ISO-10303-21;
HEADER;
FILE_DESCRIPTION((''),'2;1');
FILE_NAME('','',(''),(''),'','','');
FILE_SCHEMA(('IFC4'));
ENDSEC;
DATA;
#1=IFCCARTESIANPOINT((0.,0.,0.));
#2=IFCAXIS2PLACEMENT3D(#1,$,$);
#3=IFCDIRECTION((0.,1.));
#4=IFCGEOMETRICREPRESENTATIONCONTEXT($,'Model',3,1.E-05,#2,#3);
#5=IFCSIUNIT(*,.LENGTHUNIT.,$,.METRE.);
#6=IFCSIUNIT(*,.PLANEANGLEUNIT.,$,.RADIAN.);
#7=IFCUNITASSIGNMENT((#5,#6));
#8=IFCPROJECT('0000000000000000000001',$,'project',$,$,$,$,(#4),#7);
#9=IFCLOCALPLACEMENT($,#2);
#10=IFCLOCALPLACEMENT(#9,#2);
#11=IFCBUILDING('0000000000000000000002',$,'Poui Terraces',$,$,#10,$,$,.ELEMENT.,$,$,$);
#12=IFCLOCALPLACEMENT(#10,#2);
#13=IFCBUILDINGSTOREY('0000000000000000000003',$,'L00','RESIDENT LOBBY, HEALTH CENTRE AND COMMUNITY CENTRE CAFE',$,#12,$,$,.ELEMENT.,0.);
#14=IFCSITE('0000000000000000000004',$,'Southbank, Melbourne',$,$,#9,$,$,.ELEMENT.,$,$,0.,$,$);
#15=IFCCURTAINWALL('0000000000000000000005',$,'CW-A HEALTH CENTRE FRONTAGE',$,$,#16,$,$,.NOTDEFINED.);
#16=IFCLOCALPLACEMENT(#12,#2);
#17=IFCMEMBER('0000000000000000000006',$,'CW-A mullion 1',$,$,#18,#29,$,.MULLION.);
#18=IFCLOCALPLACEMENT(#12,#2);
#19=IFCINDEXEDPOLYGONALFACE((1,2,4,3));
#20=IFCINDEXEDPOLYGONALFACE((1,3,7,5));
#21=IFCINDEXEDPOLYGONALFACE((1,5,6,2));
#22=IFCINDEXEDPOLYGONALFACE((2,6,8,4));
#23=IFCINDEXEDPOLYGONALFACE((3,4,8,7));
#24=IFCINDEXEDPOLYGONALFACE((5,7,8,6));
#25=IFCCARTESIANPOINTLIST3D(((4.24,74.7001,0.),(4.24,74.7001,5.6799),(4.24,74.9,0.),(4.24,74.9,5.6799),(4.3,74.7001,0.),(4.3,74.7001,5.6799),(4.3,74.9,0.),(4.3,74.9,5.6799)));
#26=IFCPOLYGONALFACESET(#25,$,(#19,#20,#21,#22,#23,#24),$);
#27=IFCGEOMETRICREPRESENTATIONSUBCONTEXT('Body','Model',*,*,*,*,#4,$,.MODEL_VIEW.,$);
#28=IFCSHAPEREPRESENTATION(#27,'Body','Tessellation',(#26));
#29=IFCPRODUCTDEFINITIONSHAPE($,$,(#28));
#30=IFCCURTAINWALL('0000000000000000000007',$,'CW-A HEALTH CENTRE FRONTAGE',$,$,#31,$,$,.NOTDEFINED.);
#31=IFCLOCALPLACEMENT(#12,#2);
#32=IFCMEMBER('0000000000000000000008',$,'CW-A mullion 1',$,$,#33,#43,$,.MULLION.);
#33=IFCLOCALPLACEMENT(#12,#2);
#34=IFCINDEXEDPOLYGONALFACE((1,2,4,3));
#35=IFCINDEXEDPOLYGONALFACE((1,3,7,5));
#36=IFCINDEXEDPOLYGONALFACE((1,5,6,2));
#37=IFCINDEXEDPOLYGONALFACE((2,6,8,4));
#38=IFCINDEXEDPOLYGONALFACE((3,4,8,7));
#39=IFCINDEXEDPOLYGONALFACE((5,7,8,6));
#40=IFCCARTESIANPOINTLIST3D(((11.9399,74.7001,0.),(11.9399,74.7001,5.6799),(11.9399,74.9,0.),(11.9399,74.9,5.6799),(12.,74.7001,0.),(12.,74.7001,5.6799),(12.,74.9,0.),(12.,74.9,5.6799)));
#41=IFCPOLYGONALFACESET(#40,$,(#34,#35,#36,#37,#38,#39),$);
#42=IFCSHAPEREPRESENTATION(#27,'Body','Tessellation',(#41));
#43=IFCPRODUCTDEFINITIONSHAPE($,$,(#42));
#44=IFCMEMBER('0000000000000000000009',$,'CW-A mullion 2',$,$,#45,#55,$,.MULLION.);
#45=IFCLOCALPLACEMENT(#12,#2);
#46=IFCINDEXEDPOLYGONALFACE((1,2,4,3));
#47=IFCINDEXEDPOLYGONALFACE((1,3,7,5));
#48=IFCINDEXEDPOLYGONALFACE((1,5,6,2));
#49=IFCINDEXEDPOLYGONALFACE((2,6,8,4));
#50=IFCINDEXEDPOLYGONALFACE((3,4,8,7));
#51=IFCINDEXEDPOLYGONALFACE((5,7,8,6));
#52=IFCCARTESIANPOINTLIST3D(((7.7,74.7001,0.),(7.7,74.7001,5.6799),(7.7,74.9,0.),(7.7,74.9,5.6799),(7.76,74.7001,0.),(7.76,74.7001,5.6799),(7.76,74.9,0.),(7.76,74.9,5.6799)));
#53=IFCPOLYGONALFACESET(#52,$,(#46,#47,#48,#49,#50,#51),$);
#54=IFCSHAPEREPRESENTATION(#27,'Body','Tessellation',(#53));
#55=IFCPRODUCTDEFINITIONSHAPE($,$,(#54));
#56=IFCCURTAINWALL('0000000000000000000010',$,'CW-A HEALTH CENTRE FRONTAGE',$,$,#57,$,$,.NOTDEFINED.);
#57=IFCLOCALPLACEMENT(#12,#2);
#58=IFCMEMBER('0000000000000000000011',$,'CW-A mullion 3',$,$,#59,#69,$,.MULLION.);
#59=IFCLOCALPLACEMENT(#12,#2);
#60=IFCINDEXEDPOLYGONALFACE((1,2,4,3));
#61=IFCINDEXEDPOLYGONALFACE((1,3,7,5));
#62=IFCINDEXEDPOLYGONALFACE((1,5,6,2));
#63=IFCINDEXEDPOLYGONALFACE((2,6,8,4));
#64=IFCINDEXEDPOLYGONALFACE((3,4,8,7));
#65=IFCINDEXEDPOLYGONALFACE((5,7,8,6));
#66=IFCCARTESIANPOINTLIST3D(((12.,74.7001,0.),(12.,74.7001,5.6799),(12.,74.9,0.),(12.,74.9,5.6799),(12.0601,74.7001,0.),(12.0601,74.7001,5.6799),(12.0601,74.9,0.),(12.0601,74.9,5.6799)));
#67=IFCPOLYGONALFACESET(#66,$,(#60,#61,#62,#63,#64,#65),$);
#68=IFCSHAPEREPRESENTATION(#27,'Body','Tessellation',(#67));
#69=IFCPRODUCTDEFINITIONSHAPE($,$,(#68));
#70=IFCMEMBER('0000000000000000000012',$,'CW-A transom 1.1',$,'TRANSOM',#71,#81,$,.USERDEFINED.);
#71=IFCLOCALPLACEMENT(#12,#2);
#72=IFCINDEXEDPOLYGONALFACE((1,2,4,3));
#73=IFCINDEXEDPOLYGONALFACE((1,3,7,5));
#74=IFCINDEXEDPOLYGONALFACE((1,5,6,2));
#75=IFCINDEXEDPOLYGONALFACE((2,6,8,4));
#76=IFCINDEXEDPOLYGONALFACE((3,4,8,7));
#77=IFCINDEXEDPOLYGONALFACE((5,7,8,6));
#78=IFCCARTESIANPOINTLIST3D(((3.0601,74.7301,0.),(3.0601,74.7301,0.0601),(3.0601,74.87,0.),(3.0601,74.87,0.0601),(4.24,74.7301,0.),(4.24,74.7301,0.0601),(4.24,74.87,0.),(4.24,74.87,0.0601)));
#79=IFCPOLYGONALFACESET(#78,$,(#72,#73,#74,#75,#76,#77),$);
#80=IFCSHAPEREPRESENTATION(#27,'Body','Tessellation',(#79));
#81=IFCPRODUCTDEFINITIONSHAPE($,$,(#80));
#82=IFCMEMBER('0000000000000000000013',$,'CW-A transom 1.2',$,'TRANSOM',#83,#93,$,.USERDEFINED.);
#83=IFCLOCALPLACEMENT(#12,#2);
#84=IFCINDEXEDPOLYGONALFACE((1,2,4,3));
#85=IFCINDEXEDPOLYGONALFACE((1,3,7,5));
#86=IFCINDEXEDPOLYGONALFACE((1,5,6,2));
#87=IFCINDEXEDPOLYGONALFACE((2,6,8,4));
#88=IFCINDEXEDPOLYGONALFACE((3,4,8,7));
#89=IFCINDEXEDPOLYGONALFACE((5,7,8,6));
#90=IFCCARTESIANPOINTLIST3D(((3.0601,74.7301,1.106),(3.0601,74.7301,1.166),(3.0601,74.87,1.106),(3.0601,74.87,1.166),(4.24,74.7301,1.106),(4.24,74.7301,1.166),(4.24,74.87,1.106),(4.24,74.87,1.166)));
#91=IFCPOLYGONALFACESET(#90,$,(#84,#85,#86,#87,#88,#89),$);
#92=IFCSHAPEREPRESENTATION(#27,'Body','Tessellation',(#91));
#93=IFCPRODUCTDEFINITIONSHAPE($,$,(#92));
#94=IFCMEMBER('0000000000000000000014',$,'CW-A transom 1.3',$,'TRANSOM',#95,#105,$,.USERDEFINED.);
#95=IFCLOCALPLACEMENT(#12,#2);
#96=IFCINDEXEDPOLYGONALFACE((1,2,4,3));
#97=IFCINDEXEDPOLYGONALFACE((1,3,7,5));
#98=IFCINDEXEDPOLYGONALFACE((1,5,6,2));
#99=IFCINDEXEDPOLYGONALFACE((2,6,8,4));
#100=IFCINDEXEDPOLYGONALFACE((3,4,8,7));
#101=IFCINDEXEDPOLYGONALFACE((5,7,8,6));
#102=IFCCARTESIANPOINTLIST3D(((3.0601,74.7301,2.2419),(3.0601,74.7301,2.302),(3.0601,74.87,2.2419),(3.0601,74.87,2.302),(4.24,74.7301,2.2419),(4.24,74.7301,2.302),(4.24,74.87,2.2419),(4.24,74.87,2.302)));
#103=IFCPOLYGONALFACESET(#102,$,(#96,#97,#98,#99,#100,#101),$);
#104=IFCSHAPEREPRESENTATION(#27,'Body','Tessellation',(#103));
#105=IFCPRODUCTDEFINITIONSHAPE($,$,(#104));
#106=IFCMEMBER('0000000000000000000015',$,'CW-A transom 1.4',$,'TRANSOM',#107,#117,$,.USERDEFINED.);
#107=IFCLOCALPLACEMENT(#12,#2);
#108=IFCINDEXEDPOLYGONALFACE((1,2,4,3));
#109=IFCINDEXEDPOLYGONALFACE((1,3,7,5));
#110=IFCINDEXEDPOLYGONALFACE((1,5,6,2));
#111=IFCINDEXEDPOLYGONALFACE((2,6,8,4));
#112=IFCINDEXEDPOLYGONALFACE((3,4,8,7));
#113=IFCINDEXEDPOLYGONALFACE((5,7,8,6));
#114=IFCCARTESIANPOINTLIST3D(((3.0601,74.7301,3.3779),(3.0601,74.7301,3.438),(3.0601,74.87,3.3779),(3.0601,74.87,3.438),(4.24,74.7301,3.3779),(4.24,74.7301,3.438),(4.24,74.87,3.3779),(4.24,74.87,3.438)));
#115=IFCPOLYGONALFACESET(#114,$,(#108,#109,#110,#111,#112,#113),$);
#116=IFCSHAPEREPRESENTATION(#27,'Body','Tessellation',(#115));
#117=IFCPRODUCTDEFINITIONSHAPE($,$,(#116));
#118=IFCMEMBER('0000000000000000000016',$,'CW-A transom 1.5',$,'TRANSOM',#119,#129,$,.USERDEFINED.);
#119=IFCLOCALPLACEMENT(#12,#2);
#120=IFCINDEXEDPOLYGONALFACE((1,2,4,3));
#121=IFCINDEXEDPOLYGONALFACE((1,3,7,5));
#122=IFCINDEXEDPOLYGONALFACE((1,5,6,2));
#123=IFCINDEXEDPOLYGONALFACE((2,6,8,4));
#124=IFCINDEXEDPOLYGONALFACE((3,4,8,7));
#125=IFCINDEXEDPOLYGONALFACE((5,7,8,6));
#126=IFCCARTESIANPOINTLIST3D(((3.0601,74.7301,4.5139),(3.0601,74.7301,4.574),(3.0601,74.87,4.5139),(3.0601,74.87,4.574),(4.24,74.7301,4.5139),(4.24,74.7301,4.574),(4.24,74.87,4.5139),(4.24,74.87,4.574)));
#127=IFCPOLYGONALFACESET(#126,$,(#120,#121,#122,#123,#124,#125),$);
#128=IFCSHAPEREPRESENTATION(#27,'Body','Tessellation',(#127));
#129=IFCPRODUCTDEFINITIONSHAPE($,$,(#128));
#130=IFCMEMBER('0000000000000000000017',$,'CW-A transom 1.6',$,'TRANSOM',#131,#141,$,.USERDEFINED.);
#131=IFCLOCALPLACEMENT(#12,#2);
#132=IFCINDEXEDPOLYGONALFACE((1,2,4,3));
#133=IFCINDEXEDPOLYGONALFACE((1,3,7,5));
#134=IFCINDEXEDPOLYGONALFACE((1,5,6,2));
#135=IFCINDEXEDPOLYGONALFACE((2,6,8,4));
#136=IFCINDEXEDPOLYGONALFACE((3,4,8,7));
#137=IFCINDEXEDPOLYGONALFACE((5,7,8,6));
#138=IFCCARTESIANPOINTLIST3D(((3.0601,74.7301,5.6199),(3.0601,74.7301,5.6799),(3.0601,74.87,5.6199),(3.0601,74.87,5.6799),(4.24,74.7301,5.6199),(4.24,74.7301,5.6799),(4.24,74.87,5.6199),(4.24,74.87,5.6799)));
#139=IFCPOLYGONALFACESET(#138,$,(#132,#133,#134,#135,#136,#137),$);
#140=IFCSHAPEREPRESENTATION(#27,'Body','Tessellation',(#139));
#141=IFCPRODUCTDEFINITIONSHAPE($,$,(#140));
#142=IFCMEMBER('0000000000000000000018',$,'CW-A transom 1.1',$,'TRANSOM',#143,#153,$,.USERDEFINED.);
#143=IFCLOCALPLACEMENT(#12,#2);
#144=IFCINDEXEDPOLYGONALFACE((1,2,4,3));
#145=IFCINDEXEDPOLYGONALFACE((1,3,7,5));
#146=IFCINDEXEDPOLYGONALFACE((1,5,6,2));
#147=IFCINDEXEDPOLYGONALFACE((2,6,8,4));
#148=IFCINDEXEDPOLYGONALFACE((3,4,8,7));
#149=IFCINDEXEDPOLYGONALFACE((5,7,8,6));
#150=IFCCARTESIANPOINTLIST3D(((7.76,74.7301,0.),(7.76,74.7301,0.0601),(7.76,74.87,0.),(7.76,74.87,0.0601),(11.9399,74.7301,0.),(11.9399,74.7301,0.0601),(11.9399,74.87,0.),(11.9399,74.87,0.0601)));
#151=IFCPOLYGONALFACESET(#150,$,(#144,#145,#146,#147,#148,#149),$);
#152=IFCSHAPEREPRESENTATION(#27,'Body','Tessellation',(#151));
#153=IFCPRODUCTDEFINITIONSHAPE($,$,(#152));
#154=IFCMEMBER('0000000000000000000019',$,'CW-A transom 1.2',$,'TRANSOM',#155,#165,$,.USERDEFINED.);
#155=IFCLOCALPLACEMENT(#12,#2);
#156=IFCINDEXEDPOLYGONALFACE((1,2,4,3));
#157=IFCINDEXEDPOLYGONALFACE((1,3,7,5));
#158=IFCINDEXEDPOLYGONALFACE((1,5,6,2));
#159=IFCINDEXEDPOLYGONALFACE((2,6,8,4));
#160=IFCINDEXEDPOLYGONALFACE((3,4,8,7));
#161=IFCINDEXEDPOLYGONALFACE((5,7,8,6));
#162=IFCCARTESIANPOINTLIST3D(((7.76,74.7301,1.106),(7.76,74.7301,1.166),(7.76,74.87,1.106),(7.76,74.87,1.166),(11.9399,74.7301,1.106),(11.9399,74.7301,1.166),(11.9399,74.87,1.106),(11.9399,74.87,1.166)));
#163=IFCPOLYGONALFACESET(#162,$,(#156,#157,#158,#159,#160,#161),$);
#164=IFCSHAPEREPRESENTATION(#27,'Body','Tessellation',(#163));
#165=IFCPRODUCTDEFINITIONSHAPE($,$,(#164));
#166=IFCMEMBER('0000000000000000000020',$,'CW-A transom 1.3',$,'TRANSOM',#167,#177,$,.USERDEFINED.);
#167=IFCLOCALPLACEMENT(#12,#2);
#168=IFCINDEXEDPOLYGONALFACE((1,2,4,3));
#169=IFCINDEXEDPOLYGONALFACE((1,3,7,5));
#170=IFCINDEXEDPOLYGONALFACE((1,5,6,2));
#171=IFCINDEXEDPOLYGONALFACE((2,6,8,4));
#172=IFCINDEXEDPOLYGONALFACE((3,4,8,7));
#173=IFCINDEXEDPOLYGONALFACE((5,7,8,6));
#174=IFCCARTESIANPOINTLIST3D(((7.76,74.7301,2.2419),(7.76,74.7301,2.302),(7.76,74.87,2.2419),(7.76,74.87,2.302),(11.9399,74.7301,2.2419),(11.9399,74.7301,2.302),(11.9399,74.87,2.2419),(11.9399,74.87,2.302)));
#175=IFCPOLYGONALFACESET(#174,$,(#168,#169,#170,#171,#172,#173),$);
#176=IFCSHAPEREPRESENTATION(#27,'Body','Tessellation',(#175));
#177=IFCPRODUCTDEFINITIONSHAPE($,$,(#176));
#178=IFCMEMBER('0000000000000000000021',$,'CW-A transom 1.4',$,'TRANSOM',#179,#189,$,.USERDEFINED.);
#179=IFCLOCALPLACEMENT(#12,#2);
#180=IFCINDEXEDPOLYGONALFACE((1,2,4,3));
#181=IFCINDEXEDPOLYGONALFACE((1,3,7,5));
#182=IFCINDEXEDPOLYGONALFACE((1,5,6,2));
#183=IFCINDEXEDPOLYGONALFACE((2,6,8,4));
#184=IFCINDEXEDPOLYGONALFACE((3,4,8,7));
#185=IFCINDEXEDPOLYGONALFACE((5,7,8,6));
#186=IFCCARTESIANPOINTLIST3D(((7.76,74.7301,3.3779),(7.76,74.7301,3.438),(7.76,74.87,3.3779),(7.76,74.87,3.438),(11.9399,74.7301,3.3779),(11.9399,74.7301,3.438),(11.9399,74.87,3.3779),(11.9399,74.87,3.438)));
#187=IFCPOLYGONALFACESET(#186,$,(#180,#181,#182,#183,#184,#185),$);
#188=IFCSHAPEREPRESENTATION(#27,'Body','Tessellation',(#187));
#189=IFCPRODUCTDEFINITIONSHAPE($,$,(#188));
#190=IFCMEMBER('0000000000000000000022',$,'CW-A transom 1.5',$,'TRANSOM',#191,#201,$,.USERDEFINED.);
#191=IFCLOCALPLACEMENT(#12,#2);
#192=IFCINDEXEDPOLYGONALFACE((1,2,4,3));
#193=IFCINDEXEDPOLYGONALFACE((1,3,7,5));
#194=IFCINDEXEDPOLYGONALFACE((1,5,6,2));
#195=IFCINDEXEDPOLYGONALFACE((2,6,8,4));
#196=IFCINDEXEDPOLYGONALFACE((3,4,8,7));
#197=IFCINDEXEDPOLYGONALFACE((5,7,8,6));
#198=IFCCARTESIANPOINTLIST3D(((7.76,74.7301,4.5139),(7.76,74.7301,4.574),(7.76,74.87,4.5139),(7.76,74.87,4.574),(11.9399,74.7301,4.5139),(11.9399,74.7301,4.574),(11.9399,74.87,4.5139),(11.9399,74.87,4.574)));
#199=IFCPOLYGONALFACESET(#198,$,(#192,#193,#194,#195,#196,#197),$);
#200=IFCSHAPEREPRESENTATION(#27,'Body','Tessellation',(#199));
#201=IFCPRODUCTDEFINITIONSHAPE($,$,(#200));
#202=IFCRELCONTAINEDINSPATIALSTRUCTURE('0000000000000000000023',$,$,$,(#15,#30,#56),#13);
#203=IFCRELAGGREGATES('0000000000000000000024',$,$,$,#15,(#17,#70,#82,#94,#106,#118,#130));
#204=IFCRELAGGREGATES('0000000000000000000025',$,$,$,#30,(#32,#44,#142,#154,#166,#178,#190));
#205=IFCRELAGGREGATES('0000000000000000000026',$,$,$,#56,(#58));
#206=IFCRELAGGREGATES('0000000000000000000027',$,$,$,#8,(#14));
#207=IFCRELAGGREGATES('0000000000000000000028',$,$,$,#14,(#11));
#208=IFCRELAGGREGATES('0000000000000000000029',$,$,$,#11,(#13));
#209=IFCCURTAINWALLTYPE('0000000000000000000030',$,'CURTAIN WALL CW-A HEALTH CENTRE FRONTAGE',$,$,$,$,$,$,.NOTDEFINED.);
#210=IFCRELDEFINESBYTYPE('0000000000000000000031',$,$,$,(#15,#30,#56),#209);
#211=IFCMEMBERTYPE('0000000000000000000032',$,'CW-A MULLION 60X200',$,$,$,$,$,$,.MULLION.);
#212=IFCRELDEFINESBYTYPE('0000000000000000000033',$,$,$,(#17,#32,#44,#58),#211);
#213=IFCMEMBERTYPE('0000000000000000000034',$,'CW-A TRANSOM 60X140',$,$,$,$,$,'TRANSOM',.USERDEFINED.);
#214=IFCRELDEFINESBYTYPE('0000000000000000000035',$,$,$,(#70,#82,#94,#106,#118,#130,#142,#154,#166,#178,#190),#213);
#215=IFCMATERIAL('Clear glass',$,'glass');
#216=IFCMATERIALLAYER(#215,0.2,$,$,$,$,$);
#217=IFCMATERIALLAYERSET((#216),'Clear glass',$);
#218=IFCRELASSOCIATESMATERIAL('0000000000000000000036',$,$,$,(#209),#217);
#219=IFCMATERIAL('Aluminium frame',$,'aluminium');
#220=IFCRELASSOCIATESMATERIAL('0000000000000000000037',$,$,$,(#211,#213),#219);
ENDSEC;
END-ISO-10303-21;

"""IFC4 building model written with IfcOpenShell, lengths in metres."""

from ifc_helpers import new_model, si_unit, direction, frame, origin, origin_2d, place, context, subcontext, project, spatial, rectangle, extrude, material, layer, layer_set, material_profile, profile_set, type_object, element, aggregate, save


model = new_model("IFC4")

# Units and contexts
model_context = context("Model", 3, precision=1e-05, world=origin(), true_north=direction((0.0, 1.0)))
body_context = subcontext(model_context, "Body", "Model", "MODEL_VIEW")
ifc_project = project(units=[si_unit("LENGTHUNIT", "METRE"), si_unit("PLANEANGLEUNIT", "RADIAN")], contexts=[model_context])

# Site, building, storey
site_placement = place(None, origin())
site = spatial("IfcSite", under=ifc_project, at=site_placement, Name="Southbank, Melbourne", CompositionType="ELEMENT", RefElevation=0.0)
building_placement = place(site_placement, origin())
building = spatial("IfcBuilding", under=site, at=building_placement, Name="Poui Terraces", CompositionType="ELEMENT")
storey_placement = place(building_placement, origin())
storey = spatial("IfcBuildingStorey", under=building, at=storey_placement, Name="L00", Description="RESIDENT LOBBY, HEALTH CENTRE AND COMMUNITY CENTRE CAFE", CompositionType="ELEMENT", Elevation=0.0)

# Curtain wall, member
ifc_material_1 = material(Name="Clear glass", Category="glass")
ifc_layer_1 = layer(ifc_material_1, 0.2)
ifc_layer_set_1 = layer_set([ifc_layer_1], Name="Clear glass")
curtain_wall_type = type_object("IfcCurtainWallType", Name="CURTAIN WALL CW-A HEALTH CENTRE FRONTAGE", PredefinedType="NOTDEFINED", material=ifc_layer_set_1)
curtain_wall_1_placement = place(storey_placement, origin())
curtain_wall_1 = element("IfcCurtainWall", 1, at=curtain_wall_1_placement, inside=storey, type_object=curtain_wall_type, Name="CW-A HEALTH CENTRE FRONTAGE", PredefinedType="NOTDEFINED")
ifc_material_2 = material(Name="Aluminium frame", Category="aluminium")
ifc_material_profile_1 = material_profile(ifc_material_2, rectangle(XDim=0.2, YDim=0.0601, at=origin_2d()), Name="CW-A MULLION 60X200")
ifc_profile_set_1 = profile_set([ifc_material_profile_1], Name="Aluminium frame")
member_type_1 = type_object("IfcMemberType", Name="CW-A MULLION 60X200", PredefinedType="MULLION", material=ifc_profile_set_1)
member_1_placement = place(storey_placement, frame((4.27, 74.8, 0.0), z_axis=(0.0, 0.0, 1.0), x_axis=(0.0, -1.0, 0.0)))
member_1 = element("IfcMember", 2, at=member_1_placement, type_object=member_type_1, Name="CW-A mullion 1", PredefinedType="MULLION", context=body_context, shape_type="SweptSolid", body=[
    extrude(rectangle(XDim=0.2, YDim=0.0601, at=origin_2d()), origin(), (0.0, 0.0, 1.0), 5.6799),
])

# Curtain wall, members
curtain_wall_2_placement = place(storey_placement, origin())
curtain_wall_2 = element("IfcCurtainWall", 3, at=curtain_wall_2_placement, inside=storey, type_object=curtain_wall_type, Name="CW-A HEALTH CENTRE FRONTAGE", PredefinedType="NOTDEFINED")
member_2_placement = place(storey_placement, frame((11.97, 74.8, 0.0), z_axis=(0.0, 0.0, 1.0), x_axis=(0.0, -1.0, 0.0)))
member_2 = element("IfcMember", 4, at=member_2_placement, type_object=member_type_1, Name="CW-A mullion 1", PredefinedType="MULLION", context=body_context, shape_type="SweptSolid", body=[
    extrude(rectangle(XDim=0.2, YDim=0.0601, at=origin_2d()), origin(), (0.0, 0.0, 1.0), 5.6799),
])
member_3_placement = place(storey_placement, frame((7.73, 74.8, 0.0), z_axis=(0.0, 0.0, 1.0), x_axis=(0.0, -1.0, 0.0)))
member_3 = element("IfcMember", 5, at=member_3_placement, type_object=member_type_1, Name="CW-A mullion 2", PredefinedType="MULLION", context=body_context, shape_type="SweptSolid", body=[
    extrude(rectangle(XDim=0.2, YDim=0.0601, at=origin_2d()), origin(), (0.0, 0.0, 1.0), 5.6799),
])

# Curtain wall, member
curtain_wall_3_placement = place(storey_placement, origin())
curtain_wall_3 = element("IfcCurtainWall", 6, at=curtain_wall_3_placement, inside=storey, type_object=curtain_wall_type, Name="CW-A HEALTH CENTRE FRONTAGE", PredefinedType="NOTDEFINED")
member_4_placement = place(storey_placement, frame((12.03, 74.8, 0.0), z_axis=(0.0, 0.0, 1.0), x_axis=(0.0, -1.0, 0.0)))
member_4 = element("IfcMember", 7, at=member_4_placement, type_object=member_type_1, Name="CW-A mullion 3", PredefinedType="MULLION", context=body_context, shape_type="SweptSolid", body=[
    extrude(rectangle(XDim=0.2, YDim=0.0601, at=origin_2d()), origin(), (0.0, 0.0, 1.0), 5.6799),
])

# Members
ifc_material_profile_2 = material_profile(ifc_material_2, rectangle(XDim=0.1399, YDim=0.0601, at=origin_2d()), Name="CW-A TRANSOM 60X140")
ifc_profile_set_2 = profile_set([ifc_material_profile_2], Name="Aluminium frame")
member_type_2 = type_object("IfcMemberType", Name="CW-A TRANSOM 60X140", ElementType="TRANSOM", PredefinedType="USERDEFINED", material=ifc_profile_set_2)
member_5_placement = place(storey_placement, frame((4.24, 74.8, 0.03), z_axis=(-1.0, 0.0, 0.0), x_axis=(0.0, -1.0, 0.0)))
member_5 = element("IfcMember", 8, at=member_5_placement, type_object=member_type_2, Name="CW-A transom 1.1", ObjectType="TRANSOM", PredefinedType="USERDEFINED", context=body_context, shape_type="SweptSolid", body=[
    extrude(rectangle(XDim=0.1399, YDim=0.0601, at=origin_2d()), origin(), (0.0, 0.0, 1.0), 1.1799),
])
member_6_placement = place(storey_placement, frame((4.24, 74.8, 1.136), z_axis=(-1.0, 0.0, 0.0), x_axis=(0.0, -1.0, 0.0)))
member_6 = element("IfcMember", 9, at=member_6_placement, type_object=member_type_2, Name="CW-A transom 1.2", ObjectType="TRANSOM", PredefinedType="USERDEFINED", context=body_context, shape_type="SweptSolid", body=[
    extrude(rectangle(XDim=0.1399, YDim=0.0601, at=origin_2d()), origin(), (0.0, 0.0, 1.0), 1.1799),
])
member_7_placement = place(storey_placement, frame((4.24, 74.8, 2.272), z_axis=(-1.0, 0.0, 0.0), x_axis=(0.0, -1.0, 0.0)))
member_7 = element("IfcMember", 10, at=member_7_placement, type_object=member_type_2, Name="CW-A transom 1.3", ObjectType="TRANSOM", PredefinedType="USERDEFINED", context=body_context, shape_type="SweptSolid", body=[
    extrude(rectangle(XDim=0.1399, YDim=0.0601, at=origin_2d()), origin(), (0.0, 0.0, 1.0), 1.1799),
])
member_8_placement = place(storey_placement, frame((4.24, 74.8, 3.408), z_axis=(-1.0, 0.0, 0.0), x_axis=(0.0, -1.0, 0.0)))
member_8 = element("IfcMember", 11, at=member_8_placement, type_object=member_type_2, Name="CW-A transom 1.4", ObjectType="TRANSOM", PredefinedType="USERDEFINED", context=body_context, shape_type="SweptSolid", body=[
    extrude(rectangle(XDim=0.1399, YDim=0.0601, at=origin_2d()), origin(), (0.0, 0.0, 1.0), 1.1799),
])
member_9_placement = place(storey_placement, frame((4.24, 74.8, 4.5439), z_axis=(-1.0, 0.0, 0.0), x_axis=(0.0, -1.0, 0.0)))
member_9 = element("IfcMember", 12, at=member_9_placement, type_object=member_type_2, Name="CW-A transom 1.5", ObjectType="TRANSOM", PredefinedType="USERDEFINED", context=body_context, shape_type="SweptSolid", body=[
    extrude(rectangle(XDim=0.1399, YDim=0.0601, at=origin_2d()), origin(), (0.0, 0.0, 1.0), 1.1799),
])
member_10_placement = place(storey_placement, frame((4.24, 74.8, 5.6499), z_axis=(-1.0, 0.0, 0.0), x_axis=(0.0, -1.0, 0.0)))
member_10 = element("IfcMember", 13, at=member_10_placement, type_object=member_type_2, Name="CW-A transom 1.6", ObjectType="TRANSOM", PredefinedType="USERDEFINED", context=body_context, shape_type="SweptSolid", body=[
    extrude(rectangle(XDim=0.1399, YDim=0.0601, at=origin_2d()), origin(), (0.0, 0.0, 1.0), 1.1799),
])
member_11_placement = place(storey_placement, frame((11.9399, 74.8, 0.03), z_axis=(-1.0, 0.0, 0.0), x_axis=(0.0, -1.0, 0.0)))
member_11 = element("IfcMember", 14, at=member_11_placement, type_object=member_type_2, Name="CW-A transom 1.1", ObjectType="TRANSOM", PredefinedType="USERDEFINED", context=body_context, shape_type="SweptSolid", body=[
    extrude(rectangle(XDim=0.1399, YDim=0.0601, at=origin_2d()), origin(), (0.0, 0.0, 1.0), 4.1799),
])
member_12_placement = place(storey_placement, frame((11.9399, 74.8, 1.136), z_axis=(-1.0, 0.0, 0.0), x_axis=(0.0, -1.0, 0.0)))
member_12 = element("IfcMember", 15, at=member_12_placement, type_object=member_type_2, Name="CW-A transom 1.2", ObjectType="TRANSOM", PredefinedType="USERDEFINED", context=body_context, shape_type="SweptSolid", body=[
    extrude(rectangle(XDim=0.1399, YDim=0.0601, at=origin_2d()), origin(), (0.0, 0.0, 1.0), 4.1799),
])
member_13_placement = place(storey_placement, frame((11.9399, 74.8, 2.272), z_axis=(-1.0, 0.0, 0.0), x_axis=(0.0, -1.0, 0.0)))
member_13 = element("IfcMember", 16, at=member_13_placement, type_object=member_type_2, Name="CW-A transom 1.3", ObjectType="TRANSOM", PredefinedType="USERDEFINED", context=body_context, shape_type="SweptSolid", body=[
    extrude(rectangle(XDim=0.1399, YDim=0.0601, at=origin_2d()), origin(), (0.0, 0.0, 1.0), 4.1799),
])
member_14_placement = place(storey_placement, frame((11.9399, 74.8, 3.408), z_axis=(-1.0, 0.0, 0.0), x_axis=(0.0, -1.0, 0.0)))
member_14 = element("IfcMember", 17, at=member_14_placement, type_object=member_type_2, Name="CW-A transom 1.4", ObjectType="TRANSOM", PredefinedType="USERDEFINED", context=body_context, shape_type="SweptSolid", body=[
    extrude(rectangle(XDim=0.1399, YDim=0.0601, at=origin_2d()), origin(), (0.0, 0.0, 1.0), 4.1799),
])
member_15_placement = place(storey_placement, frame((11.9399, 74.8, 4.5439), z_axis=(-1.0, 0.0, 0.0), x_axis=(0.0, -1.0, 0.0)))
member_15 = element("IfcMember", 18, at=member_15_placement, type_object=member_type_2, Name="CW-A transom 1.5", ObjectType="TRANSOM", PredefinedType="USERDEFINED", context=body_context, shape_type="SweptSolid", body=[
    extrude(rectangle(XDim=0.1399, YDim=0.0601, at=origin_2d()), origin(), (0.0, 0.0, 1.0), 4.1799),
])

aggregate(curtain_wall_1, [member_1, member_5, member_6, member_7, member_8, member_9, member_10])
aggregate(curtain_wall_2, [member_2, member_3, member_11, member_12, member_13, member_14, member_15])
aggregate(curtain_wall_3, [member_4])

save(model, "model.ifc")
